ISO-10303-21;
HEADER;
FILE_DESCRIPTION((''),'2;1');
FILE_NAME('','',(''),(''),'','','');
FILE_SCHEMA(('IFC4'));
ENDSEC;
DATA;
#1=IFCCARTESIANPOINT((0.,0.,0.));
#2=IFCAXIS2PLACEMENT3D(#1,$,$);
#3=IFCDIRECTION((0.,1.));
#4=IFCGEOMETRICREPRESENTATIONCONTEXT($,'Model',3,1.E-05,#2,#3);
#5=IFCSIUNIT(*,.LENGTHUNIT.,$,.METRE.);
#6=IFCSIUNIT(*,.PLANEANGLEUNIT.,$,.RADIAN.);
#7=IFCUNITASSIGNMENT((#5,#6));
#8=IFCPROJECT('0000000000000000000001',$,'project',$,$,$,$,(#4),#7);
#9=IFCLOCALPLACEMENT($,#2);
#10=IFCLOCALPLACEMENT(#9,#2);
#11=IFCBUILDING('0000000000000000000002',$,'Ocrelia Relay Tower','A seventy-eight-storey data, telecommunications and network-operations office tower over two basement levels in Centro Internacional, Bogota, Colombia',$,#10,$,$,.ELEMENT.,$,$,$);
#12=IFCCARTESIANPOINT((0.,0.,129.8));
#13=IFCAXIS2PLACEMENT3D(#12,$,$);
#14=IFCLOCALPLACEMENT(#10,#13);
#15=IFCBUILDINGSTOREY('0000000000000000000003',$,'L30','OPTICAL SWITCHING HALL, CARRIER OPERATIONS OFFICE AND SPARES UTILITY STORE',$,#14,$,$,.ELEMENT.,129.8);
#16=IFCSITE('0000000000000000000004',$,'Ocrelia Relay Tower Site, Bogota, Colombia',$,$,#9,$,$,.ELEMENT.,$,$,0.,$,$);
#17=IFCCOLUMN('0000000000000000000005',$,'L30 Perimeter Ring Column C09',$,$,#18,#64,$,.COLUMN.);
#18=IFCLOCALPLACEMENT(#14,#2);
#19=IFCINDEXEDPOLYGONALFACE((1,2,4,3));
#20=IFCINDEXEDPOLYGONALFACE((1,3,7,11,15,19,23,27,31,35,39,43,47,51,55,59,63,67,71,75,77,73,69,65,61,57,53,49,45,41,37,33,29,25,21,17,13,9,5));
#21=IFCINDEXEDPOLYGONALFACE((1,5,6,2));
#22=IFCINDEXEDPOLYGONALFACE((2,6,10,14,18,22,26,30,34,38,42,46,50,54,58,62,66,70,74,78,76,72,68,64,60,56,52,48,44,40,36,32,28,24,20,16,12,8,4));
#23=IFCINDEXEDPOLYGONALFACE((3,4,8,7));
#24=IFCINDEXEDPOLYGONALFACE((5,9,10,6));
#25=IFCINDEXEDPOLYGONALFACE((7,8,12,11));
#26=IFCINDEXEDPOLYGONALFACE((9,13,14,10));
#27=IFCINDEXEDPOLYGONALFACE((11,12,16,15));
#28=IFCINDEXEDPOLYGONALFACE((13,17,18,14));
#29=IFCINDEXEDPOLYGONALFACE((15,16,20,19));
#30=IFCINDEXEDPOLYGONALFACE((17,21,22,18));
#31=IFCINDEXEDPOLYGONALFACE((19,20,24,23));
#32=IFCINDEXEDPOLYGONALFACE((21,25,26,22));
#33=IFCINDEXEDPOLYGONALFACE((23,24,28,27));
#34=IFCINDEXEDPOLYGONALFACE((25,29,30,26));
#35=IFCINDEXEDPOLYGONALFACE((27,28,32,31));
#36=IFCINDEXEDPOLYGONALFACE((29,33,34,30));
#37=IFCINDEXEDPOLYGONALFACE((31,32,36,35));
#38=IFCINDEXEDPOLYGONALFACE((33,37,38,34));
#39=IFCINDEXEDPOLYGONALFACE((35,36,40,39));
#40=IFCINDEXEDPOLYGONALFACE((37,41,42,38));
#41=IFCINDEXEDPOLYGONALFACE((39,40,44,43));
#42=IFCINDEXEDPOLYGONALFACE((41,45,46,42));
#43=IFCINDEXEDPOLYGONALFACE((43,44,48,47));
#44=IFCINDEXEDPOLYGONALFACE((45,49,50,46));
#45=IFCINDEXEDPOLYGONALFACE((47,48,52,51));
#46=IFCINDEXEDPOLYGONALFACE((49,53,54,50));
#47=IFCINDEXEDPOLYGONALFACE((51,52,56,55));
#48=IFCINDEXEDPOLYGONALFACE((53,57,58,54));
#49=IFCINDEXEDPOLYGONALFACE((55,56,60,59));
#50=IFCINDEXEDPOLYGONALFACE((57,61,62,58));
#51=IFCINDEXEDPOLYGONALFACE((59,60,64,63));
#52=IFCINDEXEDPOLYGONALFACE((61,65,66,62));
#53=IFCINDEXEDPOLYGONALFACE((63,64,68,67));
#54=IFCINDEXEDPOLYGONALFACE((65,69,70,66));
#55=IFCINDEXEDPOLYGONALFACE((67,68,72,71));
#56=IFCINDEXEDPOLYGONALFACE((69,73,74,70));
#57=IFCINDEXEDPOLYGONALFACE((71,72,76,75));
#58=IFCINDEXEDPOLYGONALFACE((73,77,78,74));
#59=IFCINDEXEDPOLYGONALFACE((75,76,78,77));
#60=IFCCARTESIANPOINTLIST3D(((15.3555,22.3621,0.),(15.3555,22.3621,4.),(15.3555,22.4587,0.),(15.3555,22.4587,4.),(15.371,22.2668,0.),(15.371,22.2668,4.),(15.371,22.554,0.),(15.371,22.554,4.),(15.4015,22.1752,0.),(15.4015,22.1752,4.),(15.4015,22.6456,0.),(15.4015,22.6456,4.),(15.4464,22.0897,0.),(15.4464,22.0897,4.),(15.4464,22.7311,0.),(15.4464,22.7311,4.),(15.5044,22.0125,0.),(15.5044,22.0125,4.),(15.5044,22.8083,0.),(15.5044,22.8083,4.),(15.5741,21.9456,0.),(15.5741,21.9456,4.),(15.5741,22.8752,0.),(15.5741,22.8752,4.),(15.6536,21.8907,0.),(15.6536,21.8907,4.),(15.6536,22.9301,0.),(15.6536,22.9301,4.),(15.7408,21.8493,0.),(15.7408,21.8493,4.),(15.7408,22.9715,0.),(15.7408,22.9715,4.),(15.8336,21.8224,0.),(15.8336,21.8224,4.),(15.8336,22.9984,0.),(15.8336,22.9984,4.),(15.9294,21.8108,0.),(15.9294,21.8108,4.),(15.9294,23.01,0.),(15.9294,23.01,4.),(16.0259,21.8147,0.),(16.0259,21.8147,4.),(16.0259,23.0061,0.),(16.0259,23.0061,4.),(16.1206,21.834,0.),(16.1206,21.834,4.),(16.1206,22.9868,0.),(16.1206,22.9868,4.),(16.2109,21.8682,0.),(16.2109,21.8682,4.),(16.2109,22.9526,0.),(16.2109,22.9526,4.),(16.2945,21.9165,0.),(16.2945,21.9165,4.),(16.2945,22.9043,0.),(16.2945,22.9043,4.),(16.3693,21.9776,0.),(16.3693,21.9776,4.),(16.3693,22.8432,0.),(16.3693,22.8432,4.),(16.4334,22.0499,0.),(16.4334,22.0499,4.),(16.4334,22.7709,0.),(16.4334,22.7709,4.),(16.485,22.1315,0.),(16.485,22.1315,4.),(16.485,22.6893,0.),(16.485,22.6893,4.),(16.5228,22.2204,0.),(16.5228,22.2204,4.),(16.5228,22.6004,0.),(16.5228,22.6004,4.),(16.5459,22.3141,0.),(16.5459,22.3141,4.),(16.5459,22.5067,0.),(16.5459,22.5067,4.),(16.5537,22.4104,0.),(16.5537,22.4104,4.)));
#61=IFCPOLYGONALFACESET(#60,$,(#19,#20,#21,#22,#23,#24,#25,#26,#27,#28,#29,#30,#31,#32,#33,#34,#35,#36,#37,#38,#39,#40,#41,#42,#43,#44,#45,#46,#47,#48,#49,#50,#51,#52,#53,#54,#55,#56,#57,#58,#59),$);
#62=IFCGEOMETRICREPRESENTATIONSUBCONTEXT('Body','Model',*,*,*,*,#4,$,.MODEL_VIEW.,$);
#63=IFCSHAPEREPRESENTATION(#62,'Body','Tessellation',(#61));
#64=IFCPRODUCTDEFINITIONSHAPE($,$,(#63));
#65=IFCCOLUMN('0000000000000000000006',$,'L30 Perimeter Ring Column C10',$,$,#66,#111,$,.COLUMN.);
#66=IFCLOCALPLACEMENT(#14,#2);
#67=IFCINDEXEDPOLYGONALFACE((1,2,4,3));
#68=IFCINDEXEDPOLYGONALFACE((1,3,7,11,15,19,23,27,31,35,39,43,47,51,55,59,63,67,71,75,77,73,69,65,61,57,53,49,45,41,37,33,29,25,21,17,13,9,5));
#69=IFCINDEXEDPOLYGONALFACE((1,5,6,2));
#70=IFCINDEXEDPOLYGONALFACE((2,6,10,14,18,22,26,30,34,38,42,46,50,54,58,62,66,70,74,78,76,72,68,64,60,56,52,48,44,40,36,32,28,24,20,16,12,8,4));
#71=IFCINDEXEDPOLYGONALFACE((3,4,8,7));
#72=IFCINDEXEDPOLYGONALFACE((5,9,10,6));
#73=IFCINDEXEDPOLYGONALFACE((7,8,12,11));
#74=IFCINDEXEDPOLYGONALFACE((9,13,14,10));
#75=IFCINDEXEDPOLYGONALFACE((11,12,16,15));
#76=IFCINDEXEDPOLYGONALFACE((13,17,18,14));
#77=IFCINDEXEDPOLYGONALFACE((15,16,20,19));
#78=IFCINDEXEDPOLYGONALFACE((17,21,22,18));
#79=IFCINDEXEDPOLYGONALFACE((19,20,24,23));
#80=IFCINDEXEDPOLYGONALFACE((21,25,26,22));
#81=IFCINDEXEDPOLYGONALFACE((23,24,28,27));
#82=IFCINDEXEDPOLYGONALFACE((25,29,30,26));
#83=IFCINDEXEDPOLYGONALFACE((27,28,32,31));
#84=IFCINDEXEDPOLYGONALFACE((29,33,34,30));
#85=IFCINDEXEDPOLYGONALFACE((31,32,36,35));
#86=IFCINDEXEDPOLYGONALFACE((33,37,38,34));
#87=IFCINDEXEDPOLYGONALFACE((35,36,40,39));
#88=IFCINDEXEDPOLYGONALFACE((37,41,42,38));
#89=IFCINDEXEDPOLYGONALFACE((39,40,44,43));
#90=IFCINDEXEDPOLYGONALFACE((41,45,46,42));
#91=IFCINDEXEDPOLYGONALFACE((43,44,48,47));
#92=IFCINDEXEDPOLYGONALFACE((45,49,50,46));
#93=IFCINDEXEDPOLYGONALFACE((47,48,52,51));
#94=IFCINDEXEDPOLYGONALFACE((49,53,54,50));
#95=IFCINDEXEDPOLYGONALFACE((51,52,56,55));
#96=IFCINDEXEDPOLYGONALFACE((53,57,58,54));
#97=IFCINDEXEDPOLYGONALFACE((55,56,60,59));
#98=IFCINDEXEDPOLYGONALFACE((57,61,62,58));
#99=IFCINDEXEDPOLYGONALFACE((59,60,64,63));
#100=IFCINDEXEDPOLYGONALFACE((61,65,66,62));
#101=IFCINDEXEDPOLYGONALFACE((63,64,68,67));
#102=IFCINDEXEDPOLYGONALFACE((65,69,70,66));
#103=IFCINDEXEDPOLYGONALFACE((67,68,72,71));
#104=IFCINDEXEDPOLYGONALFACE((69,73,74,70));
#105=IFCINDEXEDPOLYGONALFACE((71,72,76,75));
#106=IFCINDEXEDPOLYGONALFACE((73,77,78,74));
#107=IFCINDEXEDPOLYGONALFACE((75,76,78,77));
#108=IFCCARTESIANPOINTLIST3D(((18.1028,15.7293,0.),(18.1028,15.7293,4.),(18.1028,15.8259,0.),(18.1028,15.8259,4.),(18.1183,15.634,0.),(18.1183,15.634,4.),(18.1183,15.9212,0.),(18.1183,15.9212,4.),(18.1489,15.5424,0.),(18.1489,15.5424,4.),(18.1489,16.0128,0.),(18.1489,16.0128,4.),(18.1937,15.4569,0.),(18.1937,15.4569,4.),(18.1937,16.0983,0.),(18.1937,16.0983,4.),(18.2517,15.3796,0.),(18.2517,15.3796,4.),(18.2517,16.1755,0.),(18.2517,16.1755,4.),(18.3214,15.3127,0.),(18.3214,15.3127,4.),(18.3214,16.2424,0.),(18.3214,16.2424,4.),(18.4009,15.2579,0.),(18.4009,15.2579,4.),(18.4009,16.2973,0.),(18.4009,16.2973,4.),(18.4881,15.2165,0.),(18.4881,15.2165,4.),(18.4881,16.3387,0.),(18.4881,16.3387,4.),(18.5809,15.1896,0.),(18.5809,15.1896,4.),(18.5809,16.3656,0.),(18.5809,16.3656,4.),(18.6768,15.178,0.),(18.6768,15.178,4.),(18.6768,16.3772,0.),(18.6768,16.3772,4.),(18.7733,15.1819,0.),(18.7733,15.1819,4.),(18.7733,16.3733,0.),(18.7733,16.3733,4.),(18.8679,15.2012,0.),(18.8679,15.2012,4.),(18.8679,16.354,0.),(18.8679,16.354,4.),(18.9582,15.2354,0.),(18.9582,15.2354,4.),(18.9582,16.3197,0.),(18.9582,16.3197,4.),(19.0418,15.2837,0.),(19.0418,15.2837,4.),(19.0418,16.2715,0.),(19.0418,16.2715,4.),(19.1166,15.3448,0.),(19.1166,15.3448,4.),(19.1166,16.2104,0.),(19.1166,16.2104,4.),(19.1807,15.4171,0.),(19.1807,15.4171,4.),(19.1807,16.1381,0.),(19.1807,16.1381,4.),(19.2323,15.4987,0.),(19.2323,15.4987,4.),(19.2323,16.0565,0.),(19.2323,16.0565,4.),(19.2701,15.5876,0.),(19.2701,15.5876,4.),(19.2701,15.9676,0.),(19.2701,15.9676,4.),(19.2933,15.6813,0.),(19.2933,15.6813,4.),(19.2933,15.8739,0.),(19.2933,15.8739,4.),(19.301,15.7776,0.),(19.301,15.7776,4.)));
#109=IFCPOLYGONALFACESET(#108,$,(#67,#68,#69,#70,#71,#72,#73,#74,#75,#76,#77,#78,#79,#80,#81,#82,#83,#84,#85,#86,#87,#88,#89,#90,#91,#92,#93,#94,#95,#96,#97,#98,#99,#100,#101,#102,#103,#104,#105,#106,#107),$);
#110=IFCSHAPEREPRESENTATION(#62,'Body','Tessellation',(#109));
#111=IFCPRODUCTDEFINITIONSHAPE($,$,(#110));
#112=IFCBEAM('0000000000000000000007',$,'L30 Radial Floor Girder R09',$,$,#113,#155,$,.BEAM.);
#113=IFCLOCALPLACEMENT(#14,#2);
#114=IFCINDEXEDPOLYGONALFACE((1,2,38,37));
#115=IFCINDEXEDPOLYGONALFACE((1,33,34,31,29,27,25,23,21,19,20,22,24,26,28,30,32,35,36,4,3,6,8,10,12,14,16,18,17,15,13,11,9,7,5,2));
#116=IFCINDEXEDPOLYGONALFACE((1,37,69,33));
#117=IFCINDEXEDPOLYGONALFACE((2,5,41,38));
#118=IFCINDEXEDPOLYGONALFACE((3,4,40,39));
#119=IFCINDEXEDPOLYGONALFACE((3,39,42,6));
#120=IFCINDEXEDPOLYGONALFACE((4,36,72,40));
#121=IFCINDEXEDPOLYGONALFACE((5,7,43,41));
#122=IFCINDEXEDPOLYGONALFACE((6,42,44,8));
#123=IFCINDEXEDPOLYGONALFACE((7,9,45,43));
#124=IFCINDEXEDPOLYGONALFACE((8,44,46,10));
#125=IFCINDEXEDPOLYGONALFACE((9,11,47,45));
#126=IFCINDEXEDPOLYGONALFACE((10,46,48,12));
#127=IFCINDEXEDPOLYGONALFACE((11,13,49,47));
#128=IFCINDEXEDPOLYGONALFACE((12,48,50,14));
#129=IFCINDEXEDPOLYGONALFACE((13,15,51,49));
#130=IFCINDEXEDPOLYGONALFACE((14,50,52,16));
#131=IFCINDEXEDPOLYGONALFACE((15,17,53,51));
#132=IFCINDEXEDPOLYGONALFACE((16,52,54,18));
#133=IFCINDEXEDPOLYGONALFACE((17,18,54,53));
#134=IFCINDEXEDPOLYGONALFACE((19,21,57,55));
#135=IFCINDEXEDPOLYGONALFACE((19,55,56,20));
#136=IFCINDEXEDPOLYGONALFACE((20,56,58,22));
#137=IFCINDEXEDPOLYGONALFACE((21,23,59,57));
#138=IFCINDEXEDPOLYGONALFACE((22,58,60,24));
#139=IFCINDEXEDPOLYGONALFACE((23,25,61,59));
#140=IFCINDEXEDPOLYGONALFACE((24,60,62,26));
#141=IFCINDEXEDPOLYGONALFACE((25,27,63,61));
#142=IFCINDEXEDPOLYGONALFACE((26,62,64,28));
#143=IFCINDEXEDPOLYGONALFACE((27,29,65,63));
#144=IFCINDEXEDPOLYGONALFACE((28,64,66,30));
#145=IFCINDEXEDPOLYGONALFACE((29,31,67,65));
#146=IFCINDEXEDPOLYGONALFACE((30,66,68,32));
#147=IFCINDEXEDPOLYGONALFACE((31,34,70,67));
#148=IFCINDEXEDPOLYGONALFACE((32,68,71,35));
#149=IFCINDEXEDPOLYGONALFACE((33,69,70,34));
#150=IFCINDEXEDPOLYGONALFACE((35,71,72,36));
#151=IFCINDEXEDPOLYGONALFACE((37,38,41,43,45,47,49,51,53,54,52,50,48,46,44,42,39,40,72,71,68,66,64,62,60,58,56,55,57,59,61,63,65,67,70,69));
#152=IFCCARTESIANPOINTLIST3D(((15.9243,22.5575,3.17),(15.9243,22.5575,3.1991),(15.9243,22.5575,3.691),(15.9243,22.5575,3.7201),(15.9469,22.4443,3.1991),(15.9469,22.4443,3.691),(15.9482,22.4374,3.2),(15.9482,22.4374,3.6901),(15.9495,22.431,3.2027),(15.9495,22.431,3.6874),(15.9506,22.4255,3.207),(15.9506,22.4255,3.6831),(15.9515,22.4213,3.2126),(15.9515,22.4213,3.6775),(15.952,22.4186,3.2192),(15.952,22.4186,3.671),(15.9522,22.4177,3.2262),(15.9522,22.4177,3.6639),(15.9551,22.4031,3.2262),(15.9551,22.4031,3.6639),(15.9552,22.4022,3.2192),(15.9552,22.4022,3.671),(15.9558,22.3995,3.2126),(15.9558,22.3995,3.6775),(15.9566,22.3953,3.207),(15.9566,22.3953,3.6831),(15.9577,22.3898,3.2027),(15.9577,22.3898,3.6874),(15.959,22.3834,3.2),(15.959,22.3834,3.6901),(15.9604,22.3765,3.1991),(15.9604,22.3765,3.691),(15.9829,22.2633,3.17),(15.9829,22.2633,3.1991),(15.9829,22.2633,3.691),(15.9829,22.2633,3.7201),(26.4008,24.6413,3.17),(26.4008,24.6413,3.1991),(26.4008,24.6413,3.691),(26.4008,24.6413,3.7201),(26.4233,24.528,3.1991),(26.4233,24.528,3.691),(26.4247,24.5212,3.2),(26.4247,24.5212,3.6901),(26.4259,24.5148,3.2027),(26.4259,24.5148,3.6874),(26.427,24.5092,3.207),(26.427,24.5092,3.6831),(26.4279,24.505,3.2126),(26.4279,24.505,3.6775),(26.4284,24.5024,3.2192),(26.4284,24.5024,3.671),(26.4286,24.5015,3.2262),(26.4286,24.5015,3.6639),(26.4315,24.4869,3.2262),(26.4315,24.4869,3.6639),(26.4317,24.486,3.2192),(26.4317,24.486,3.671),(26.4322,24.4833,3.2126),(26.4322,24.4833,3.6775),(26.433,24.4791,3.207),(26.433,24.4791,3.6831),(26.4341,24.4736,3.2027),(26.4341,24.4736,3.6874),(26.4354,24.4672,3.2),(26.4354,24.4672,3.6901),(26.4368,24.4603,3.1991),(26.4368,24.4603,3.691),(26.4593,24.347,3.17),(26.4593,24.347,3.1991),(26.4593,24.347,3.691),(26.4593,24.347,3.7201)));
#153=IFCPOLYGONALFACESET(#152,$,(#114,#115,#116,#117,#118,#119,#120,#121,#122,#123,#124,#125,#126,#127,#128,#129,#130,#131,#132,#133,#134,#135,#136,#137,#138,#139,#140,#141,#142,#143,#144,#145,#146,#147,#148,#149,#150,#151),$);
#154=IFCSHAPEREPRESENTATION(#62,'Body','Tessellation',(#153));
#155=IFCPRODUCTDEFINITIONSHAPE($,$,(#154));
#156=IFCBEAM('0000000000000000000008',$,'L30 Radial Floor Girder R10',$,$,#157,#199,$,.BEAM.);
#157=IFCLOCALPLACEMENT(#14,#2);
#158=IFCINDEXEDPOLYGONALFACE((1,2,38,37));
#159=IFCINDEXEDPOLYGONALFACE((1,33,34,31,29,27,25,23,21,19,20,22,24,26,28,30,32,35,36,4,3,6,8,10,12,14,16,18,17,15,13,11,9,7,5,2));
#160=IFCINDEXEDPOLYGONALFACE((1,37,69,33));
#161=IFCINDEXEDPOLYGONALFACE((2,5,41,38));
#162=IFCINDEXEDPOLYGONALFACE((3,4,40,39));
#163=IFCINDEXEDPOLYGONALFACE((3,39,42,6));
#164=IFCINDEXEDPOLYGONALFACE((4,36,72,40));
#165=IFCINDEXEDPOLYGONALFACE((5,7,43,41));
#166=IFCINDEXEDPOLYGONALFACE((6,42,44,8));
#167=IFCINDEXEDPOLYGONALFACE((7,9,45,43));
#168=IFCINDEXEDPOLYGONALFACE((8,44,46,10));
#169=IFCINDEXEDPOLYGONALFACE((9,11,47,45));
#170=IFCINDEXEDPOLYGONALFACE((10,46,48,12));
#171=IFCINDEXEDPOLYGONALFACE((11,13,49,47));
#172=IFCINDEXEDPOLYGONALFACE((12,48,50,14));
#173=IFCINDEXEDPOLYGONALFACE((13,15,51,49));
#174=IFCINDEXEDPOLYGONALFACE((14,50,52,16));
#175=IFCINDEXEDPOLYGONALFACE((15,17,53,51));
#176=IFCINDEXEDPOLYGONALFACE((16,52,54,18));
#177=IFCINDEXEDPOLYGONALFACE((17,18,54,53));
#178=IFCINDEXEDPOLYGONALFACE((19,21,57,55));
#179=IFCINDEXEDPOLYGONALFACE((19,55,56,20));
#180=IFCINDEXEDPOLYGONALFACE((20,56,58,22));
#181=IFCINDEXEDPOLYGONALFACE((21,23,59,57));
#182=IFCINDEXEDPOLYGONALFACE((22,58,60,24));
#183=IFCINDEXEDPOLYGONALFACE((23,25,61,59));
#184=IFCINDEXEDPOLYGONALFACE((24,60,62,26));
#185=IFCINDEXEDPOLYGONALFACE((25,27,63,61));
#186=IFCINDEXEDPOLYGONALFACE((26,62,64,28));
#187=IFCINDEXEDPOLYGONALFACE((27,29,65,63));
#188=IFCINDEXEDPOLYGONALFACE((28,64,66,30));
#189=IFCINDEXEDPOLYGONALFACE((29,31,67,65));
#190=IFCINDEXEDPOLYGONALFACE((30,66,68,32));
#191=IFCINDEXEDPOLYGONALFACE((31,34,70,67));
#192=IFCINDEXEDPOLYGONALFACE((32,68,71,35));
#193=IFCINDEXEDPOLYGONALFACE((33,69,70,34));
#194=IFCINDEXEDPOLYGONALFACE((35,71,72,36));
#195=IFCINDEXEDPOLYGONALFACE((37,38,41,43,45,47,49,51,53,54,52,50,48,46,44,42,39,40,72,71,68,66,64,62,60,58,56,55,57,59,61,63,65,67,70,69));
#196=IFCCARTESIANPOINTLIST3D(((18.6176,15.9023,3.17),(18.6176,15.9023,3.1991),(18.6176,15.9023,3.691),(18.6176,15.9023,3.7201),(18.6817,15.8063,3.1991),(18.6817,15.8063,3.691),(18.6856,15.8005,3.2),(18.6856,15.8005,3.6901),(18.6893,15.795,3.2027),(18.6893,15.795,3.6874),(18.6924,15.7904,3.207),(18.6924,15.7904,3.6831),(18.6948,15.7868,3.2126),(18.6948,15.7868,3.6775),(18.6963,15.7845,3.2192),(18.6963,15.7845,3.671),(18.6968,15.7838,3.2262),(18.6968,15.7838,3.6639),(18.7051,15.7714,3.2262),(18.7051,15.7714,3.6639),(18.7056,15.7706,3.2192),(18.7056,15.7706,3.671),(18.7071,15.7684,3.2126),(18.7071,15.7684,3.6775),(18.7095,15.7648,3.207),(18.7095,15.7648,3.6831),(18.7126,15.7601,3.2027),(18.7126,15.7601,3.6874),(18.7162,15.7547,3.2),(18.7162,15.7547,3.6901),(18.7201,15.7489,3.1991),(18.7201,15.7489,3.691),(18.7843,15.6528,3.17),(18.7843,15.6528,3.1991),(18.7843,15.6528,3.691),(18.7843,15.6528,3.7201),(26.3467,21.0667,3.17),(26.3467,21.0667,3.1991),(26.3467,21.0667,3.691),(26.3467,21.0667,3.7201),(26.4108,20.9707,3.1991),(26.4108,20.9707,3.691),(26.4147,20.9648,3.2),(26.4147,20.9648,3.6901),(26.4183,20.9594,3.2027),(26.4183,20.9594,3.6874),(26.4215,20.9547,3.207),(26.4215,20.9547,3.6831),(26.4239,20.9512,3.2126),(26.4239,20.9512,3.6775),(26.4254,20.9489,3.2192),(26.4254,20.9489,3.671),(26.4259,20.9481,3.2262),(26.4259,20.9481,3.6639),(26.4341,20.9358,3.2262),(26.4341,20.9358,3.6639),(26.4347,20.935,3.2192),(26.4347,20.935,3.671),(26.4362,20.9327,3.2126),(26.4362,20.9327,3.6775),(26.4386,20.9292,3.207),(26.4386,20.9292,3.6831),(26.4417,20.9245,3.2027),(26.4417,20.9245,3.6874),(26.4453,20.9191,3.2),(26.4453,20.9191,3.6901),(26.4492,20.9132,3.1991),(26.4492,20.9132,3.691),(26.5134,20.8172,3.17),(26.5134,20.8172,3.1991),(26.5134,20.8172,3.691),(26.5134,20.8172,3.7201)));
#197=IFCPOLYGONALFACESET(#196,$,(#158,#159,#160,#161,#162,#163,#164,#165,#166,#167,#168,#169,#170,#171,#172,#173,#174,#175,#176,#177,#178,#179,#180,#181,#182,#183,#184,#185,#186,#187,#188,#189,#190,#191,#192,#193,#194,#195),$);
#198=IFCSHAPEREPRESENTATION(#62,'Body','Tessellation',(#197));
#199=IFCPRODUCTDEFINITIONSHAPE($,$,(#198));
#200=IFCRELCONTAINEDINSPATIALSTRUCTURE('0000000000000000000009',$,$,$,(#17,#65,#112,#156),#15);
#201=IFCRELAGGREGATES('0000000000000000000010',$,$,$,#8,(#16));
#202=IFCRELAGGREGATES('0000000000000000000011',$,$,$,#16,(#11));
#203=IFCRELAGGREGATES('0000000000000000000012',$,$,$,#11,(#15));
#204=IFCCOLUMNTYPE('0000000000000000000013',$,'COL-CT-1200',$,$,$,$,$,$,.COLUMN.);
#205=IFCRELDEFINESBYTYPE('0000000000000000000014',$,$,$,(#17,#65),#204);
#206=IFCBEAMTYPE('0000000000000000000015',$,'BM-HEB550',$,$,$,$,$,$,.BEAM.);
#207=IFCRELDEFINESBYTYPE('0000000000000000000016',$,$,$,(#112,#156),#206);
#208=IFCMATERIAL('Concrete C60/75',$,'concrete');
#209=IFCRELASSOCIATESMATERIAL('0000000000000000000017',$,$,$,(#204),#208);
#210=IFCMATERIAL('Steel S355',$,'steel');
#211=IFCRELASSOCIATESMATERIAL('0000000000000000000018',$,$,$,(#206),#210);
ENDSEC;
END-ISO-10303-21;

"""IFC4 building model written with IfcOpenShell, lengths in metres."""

from ifc_helpers import new_model, si_unit, direction, frame, origin, origin_2d, place, context, subcontext, project, spatial, circle, i_section, extrude, material, material_profile, profile_set, type_object, element, save


model = new_model("IFC4")

# Units and contexts
model_context = context("Model", 3, precision=1e-05, world=origin(), true_north=direction((0.0, 1.0)))
body_context = subcontext(model_context, "Body", "Model", "MODEL_VIEW")
ifc_project = project(units=[si_unit("LENGTHUNIT", "METRE"), si_unit("PLANEANGLEUNIT", "RADIAN")], contexts=[model_context])

# Site, building, storey
site_placement = place(None, origin())
site = spatial("IfcSite", under=ifc_project, at=site_placement, Name="Ocrelia Relay Tower Site, Bogota, Colombia", CompositionType="ELEMENT", RefElevation=0.0)
building_placement = place(site_placement, origin())
building = spatial("IfcBuilding", under=site, at=building_placement, Name="Ocrelia Relay Tower", Description="A seventy-eight-storey data, telecommunications and network-operations office tower over two basement levels in Centro Internacional, Bogota, Colombia", CompositionType="ELEMENT")
storey_placement = place(building_placement, frame((0.0, 0.0, 129.8)))
storey = spatial("IfcBuildingStorey", under=building, at=storey_placement, Name="L30", Description="OPTICAL SWITCHING HALL, CARRIER OPERATIONS OFFICE AND SPARES UTILITY STORE", CompositionType="ELEMENT", Elevation=129.8)

# Columns
ifc_material_1 = material(Name="Concrete C60/75", Category="concrete")
ifc_material_profile_1 = material_profile(ifc_material_1, circle(Radius=0.6001, at=origin_2d()), Name="RC-CIR-1200")
ifc_profile_set_1 = profile_set([ifc_material_profile_1], Name="Concrete C60/75")
column_type = type_object("IfcColumnType", Name="COL-CT-1200", PredefinedType="COLUMN", material=ifc_profile_set_1)
for number, where, z_axis, x_axis, name in (
    (1, (15.9536, 22.4104, 0.0), (0.0, 0.0, 1.0), (1.0, 0.0, 0.0), "L30 Perimeter Ring Column C09"),
    (2, (18.7009, 15.7776, 0.0), (0.0, 0.0, 1.0), (1.0, 0.0, 0.0), "L30 Perimeter Ring Column C10"),
):
    element("IfcColumn", number, at=place(storey_placement, frame(where, z_axis=z_axis, x_axis=x_axis)), inside=storey, type_object=column_type, Name=name, PredefinedType="COLUMN", context=body_context, shape_type="SweptSolid", body=[
        extrude(circle(Radius=0.6001, at=origin_2d()), origin(), (0.0, 0.0, 1.0), 4.0),
    ])

# Beams
ifc_material_2 = material(Name="Steel S355", Category="steel")
ifc_material_profile_2 = material_profile(ifc_material_2, i_section(OverallWidth=0.3, OverallDepth=0.55, WebThickness=0.0149, FlangeThickness=0.0291, FilletRadius=0.0271, at=origin_2d()), Name="HEB 550")
ifc_profile_set_2 = profile_set([ifc_material_profile_2], Name="Steel S355")
beam_type_1 = type_object("IfcBeamType", Name="BM-HEB550", PredefinedType="BEAM", material=ifc_profile_set_2)
beam_1_placement = place(storey_placement, frame((15.9536, 22.4104, 3.4451), z_axis=(0.980788, 0.195079, 0.0), x_axis=(-0.195079, 0.980788, 0.0)))
element("IfcBeam", 3, at=beam_1_placement, inside=storey, type_object=beam_type_1, Name="L30 Radial Floor Girder R09", PredefinedType="BEAM", context=body_context, shape_type="SweptSolid", body=[
    extrude(i_section(OverallWidth=0.3, OverallDepth=0.55, WebThickness=0.0149, FlangeThickness=0.0291, FilletRadius=0.0271, at=origin_2d()), origin(), (0.0, 0.0, 1.0), 10.6816),
])
beam_2_placement = place(storey_placement, frame((18.7009, 15.7776, 3.4451), z_axis=(0.831472, 0.555567, 0.0), x_axis=(-0.555567, 0.831472, 0.0)))
element("IfcBeam", 4, at=beam_2_placement, inside=storey, type_object=beam_type_1, Name="L30 Radial Floor Girder R10", PredefinedType="BEAM", context=body_context, shape_type="SweptSolid", body=[
    extrude(i_section(OverallWidth=0.3, OverallDepth=0.55, WebThickness=0.0149, FlangeThickness=0.0291, FilletRadius=0.0271, at=origin_2d()), origin(), (0.0, 0.0, 1.0), 9.2957),
])

save(model, "model.ifc")
